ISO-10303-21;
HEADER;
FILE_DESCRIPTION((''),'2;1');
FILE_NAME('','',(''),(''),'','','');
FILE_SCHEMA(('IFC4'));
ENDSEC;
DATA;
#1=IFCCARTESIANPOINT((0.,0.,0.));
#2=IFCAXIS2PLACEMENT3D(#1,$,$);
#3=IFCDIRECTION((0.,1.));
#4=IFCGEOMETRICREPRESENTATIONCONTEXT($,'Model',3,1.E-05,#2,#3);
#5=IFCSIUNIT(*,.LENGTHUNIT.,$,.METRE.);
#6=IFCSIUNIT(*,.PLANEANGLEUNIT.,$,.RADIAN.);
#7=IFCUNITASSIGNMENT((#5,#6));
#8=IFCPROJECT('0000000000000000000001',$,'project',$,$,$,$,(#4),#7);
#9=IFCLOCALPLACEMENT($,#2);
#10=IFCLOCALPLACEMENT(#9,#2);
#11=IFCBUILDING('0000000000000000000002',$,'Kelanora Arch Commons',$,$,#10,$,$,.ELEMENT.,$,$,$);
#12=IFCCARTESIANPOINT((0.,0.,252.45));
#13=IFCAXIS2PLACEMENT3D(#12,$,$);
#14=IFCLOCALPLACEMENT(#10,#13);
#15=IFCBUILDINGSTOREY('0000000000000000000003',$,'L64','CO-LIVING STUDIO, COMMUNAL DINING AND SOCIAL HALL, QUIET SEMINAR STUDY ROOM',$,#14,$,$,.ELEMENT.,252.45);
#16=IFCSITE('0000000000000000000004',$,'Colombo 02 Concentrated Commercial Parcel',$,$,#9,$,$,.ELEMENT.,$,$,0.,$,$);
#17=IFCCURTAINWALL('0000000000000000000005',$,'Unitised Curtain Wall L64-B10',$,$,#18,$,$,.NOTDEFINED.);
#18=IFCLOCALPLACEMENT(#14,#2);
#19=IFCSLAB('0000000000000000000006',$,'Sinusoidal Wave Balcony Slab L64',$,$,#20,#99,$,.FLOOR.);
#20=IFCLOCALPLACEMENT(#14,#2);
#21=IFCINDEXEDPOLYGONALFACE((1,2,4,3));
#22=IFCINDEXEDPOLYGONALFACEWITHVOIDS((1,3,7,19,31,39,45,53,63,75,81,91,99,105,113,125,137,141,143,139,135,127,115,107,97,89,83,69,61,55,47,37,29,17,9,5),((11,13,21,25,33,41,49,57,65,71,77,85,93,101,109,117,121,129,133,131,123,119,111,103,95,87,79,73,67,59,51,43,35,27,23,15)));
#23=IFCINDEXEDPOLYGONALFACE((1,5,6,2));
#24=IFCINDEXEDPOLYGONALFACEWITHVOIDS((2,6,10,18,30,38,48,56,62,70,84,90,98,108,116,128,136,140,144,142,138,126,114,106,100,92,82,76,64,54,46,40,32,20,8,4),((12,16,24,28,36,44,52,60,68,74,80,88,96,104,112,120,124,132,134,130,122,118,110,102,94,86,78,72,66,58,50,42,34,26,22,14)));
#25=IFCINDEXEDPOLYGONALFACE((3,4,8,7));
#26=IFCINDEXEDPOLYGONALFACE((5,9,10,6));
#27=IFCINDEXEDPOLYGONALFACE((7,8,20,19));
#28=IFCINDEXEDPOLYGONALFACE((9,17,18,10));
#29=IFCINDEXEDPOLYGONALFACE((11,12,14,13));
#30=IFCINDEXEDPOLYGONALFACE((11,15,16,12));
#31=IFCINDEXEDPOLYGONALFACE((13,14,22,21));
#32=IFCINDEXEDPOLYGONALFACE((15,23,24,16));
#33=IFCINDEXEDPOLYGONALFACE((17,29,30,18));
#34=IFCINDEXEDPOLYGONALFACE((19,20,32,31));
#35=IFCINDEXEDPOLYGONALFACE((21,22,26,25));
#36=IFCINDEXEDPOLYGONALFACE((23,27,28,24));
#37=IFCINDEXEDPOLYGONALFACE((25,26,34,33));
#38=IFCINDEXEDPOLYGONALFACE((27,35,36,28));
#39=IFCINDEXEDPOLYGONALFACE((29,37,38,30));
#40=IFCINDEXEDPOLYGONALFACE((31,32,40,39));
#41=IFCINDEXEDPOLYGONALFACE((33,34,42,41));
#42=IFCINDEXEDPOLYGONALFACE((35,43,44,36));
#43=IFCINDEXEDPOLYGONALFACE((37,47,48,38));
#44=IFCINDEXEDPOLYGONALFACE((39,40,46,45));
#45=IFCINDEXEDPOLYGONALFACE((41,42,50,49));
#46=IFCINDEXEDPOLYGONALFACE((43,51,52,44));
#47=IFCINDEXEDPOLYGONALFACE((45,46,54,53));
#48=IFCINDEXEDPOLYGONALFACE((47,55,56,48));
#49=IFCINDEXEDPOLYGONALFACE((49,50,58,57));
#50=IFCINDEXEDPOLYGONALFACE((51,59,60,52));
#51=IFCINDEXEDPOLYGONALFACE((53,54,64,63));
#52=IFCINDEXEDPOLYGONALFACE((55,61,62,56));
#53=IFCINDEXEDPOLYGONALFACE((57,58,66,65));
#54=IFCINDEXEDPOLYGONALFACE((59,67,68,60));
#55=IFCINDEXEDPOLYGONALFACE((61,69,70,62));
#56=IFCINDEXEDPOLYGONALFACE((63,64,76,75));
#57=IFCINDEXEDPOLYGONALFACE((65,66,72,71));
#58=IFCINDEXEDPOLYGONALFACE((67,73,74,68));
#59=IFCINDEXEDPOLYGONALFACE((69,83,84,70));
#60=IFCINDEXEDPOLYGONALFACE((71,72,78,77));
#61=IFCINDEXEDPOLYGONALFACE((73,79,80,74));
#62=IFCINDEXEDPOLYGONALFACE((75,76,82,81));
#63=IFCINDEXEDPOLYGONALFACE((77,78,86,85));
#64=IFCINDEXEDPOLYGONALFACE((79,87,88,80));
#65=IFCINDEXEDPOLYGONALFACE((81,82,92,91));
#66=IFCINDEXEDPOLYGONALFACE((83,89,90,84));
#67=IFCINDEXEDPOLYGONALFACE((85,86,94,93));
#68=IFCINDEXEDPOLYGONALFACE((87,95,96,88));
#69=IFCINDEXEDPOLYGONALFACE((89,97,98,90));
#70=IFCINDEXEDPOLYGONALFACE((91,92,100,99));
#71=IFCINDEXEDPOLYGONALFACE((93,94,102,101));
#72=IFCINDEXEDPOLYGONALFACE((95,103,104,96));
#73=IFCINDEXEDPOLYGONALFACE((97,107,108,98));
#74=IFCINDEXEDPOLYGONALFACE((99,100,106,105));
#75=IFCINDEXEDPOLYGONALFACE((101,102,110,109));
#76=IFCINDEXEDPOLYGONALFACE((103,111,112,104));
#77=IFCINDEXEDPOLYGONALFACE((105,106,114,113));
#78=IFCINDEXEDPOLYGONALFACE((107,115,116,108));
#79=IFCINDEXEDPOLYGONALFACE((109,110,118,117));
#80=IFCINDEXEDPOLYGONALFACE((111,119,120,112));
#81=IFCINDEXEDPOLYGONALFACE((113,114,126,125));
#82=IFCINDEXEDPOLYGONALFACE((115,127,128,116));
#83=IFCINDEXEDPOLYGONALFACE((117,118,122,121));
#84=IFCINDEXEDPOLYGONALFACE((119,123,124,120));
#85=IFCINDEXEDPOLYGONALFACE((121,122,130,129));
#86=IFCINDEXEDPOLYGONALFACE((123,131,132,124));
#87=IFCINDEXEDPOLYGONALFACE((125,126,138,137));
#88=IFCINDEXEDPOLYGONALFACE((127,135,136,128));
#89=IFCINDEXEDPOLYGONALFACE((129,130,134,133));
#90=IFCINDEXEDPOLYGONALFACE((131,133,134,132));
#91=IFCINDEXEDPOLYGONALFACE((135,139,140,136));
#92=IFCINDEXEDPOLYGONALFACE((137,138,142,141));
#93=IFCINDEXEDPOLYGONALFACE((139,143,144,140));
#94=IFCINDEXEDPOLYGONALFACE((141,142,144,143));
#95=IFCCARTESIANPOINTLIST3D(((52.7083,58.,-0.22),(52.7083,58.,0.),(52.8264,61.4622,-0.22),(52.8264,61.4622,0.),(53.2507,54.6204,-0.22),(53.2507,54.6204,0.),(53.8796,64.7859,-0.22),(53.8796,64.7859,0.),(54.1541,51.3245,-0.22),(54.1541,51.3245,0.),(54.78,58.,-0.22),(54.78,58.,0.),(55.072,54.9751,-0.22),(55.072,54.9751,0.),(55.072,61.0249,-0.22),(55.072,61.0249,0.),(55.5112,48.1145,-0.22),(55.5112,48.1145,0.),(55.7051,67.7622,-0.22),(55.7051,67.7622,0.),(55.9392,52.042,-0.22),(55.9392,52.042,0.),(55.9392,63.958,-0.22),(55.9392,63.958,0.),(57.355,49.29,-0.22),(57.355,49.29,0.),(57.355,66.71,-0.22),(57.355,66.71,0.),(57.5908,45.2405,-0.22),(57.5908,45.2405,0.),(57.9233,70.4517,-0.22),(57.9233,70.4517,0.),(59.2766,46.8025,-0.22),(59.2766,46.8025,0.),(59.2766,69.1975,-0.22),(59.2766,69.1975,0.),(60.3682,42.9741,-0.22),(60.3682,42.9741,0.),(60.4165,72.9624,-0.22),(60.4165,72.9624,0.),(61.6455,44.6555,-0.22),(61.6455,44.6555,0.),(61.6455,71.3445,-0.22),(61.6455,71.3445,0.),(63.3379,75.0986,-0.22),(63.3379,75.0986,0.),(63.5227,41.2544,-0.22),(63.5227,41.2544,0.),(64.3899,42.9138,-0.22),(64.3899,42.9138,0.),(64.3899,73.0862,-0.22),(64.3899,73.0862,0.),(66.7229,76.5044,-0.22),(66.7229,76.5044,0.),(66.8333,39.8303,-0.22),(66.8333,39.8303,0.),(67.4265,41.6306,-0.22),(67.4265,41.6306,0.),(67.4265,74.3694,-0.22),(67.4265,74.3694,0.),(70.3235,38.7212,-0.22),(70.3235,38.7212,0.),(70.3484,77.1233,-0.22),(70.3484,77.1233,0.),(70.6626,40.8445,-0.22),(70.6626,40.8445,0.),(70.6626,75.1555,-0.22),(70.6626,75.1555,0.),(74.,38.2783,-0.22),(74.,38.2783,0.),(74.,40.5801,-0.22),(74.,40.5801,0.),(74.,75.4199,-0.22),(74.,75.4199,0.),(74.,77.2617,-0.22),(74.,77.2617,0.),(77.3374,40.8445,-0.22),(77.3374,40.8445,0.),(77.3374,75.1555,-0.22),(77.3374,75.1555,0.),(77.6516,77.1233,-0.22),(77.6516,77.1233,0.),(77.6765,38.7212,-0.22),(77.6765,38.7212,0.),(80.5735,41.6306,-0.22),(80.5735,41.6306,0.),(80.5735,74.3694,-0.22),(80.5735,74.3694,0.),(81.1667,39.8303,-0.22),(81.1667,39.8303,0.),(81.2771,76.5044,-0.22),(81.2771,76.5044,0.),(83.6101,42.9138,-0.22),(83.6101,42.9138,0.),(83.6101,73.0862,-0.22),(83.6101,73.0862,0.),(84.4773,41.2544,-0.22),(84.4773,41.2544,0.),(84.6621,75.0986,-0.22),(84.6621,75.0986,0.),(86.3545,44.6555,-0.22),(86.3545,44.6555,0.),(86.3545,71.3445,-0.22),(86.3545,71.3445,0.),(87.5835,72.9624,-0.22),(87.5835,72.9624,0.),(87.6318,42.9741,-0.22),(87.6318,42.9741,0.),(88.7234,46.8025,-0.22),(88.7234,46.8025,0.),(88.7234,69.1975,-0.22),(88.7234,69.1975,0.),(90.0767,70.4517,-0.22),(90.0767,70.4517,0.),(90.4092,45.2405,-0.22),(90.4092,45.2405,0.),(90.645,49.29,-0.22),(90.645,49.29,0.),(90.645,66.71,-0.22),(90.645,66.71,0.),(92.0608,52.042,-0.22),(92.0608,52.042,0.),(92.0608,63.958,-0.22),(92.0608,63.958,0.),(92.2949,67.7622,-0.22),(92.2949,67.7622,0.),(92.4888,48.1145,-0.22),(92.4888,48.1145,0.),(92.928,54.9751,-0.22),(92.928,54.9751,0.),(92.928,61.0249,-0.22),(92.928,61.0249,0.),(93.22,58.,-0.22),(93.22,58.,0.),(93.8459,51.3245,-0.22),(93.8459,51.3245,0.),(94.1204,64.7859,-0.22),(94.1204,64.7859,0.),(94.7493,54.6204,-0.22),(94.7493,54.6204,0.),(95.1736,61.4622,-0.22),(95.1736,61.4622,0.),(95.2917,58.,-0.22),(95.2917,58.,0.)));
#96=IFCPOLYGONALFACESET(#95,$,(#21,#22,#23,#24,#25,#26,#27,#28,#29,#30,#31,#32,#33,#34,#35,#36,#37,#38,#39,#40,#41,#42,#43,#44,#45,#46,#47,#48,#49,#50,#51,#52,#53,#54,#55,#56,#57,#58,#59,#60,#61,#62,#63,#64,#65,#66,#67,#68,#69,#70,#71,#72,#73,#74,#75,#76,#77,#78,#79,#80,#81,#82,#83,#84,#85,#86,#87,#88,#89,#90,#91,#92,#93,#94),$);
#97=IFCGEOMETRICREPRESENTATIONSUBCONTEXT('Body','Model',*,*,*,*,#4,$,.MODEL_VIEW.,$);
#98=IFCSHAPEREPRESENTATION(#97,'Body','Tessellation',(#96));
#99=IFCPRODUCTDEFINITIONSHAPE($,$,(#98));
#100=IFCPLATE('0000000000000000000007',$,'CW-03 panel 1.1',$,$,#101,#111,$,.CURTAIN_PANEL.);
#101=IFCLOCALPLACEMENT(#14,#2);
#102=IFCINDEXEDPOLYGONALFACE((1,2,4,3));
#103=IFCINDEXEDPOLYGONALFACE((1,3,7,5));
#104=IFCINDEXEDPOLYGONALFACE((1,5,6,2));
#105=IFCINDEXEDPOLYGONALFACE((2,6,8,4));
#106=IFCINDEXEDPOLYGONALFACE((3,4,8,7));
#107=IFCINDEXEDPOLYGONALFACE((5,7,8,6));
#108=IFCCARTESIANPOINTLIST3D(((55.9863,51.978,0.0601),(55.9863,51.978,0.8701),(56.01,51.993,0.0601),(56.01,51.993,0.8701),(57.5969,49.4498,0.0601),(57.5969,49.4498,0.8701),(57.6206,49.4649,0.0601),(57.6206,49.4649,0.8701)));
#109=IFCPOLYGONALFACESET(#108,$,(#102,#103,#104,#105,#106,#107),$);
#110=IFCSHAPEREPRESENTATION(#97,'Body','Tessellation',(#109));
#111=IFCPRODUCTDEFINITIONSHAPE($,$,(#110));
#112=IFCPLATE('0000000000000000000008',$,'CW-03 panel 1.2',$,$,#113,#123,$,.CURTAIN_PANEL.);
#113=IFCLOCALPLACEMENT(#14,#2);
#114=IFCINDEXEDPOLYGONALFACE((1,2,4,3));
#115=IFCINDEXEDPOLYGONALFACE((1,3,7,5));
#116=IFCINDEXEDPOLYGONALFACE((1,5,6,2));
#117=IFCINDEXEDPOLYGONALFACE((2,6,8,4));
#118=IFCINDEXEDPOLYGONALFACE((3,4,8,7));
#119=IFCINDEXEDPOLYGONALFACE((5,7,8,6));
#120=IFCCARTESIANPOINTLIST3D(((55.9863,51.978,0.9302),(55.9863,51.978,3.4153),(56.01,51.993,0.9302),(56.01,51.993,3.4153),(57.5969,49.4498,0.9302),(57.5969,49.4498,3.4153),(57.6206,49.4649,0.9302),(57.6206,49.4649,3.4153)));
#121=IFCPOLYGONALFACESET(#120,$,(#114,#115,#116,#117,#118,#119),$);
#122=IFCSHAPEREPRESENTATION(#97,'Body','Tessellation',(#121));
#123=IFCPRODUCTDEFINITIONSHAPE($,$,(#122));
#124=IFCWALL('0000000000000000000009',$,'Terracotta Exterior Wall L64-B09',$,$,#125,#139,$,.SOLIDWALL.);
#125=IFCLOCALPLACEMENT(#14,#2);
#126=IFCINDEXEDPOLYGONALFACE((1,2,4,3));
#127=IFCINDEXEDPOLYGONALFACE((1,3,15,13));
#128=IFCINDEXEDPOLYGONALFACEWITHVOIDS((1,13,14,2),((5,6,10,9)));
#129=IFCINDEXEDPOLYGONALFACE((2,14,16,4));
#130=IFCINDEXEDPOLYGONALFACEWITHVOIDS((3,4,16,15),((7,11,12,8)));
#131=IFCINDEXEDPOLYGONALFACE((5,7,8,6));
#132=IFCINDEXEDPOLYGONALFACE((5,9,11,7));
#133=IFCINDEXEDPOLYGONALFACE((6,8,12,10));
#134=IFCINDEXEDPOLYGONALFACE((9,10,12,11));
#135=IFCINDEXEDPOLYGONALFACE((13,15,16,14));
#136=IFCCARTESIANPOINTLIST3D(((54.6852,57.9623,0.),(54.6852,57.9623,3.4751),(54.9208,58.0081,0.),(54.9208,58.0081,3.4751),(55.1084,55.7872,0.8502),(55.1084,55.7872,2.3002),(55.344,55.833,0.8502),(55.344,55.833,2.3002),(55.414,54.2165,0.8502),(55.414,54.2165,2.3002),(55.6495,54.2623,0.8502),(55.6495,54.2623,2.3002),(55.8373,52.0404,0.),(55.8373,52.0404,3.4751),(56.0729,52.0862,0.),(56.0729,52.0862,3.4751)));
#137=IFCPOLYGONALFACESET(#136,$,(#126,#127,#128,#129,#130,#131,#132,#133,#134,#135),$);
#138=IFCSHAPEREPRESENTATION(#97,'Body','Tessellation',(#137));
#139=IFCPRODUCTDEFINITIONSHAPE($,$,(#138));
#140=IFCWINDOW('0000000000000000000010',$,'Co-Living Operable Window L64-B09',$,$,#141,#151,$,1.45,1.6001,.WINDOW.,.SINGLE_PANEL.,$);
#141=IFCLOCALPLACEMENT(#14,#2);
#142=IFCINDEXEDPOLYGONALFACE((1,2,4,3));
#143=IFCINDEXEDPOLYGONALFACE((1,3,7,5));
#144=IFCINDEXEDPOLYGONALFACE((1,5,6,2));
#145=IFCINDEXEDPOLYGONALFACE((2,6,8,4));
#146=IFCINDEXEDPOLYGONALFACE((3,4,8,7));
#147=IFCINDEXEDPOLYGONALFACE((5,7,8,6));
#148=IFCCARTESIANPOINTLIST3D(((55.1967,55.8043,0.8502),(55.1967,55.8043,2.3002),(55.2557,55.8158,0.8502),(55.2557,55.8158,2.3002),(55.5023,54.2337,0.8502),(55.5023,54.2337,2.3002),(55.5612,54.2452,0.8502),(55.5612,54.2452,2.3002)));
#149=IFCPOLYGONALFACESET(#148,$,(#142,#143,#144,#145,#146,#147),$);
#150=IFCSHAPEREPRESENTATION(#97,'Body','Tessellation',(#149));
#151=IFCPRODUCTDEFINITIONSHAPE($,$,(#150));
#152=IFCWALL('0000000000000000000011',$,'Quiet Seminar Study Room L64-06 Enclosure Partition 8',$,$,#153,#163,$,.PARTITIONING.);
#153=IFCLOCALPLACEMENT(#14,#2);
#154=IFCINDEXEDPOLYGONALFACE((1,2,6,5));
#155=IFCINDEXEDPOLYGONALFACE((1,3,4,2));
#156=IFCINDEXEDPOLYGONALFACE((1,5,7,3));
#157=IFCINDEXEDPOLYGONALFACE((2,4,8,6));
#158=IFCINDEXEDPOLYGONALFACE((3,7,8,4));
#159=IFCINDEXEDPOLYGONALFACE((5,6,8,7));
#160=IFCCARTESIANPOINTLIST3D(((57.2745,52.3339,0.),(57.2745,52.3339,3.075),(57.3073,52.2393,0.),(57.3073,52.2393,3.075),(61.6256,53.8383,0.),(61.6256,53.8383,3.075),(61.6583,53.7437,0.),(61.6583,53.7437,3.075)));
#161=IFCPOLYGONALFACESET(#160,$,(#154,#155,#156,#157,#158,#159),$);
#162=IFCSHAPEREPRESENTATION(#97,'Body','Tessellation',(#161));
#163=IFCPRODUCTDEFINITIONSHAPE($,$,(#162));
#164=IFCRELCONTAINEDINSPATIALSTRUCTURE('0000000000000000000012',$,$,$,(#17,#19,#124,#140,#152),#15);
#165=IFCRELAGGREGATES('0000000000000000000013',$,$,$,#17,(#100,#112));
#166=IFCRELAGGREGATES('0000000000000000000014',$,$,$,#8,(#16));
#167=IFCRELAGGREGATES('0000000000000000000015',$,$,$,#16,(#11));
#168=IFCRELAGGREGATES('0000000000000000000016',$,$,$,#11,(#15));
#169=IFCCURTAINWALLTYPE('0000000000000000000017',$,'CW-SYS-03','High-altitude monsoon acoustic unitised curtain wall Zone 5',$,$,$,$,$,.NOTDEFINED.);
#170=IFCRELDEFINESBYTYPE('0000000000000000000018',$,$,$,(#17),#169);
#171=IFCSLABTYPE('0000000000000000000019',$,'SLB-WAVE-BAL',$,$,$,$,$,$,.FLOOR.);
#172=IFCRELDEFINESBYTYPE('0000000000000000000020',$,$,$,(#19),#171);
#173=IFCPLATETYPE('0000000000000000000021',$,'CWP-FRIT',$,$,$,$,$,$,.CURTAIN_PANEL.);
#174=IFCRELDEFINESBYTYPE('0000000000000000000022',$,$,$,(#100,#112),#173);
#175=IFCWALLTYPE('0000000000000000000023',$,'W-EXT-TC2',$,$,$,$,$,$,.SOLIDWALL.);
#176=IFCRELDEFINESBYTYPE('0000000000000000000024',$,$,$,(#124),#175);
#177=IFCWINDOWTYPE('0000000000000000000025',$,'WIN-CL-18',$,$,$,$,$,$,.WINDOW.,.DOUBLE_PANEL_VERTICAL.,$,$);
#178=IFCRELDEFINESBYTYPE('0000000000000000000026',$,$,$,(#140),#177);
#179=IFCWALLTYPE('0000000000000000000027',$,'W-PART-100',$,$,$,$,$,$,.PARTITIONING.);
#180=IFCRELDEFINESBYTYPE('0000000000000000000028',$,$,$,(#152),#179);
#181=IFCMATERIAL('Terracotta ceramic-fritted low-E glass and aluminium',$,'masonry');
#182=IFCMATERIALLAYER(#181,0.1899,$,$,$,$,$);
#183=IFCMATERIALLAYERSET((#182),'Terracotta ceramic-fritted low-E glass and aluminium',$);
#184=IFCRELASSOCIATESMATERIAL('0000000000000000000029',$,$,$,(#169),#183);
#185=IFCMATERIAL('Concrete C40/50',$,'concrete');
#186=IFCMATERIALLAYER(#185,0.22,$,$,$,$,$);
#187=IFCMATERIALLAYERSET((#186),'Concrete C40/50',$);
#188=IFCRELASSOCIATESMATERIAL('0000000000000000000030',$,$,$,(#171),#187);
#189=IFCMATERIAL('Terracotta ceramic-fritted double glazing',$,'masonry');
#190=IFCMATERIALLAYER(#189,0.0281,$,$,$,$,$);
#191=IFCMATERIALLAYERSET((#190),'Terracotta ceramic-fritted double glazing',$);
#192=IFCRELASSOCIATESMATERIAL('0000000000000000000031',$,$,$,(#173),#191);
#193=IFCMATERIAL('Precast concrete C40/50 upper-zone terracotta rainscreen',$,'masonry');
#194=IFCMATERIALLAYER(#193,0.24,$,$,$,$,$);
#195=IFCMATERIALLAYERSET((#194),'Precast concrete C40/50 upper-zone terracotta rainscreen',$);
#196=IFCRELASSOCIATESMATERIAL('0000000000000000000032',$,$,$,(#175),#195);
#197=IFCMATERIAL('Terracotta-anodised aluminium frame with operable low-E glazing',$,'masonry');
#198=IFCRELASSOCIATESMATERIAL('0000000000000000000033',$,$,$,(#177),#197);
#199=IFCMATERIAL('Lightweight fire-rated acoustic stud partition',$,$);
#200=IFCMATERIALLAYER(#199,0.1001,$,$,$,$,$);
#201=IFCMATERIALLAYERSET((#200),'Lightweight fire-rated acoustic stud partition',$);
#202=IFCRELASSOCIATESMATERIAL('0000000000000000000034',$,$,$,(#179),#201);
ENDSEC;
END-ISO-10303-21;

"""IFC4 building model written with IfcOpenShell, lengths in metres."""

from ifc_helpers import new_model, si_unit, direction, frame, frame_2d, origin, origin_2d, place, context, subcontext, project, spatial, polyline, rectangle, outline, extrude, source, transform, mapped, material, layer, layer_set, type_object, element, fill, aggregate, save


model = new_model("IFC4")

# Units and contexts
model_context = context("Model", 3, precision=1e-05, world=origin(), true_north=direction((0.0, 1.0)))
body_context = subcontext(model_context, "Body", "Model", "MODEL_VIEW")
ifc_project = project(units=[si_unit("LENGTHUNIT", "METRE"), si_unit("PLANEANGLEUNIT", "RADIAN")], contexts=[model_context])

# Site, building, storey
site_placement = place(None, origin())
site = spatial("IfcSite", under=ifc_project, at=site_placement, Name="Colombo 02 Concentrated Commercial Parcel", CompositionType="ELEMENT", RefElevation=0.0)
building_placement = place(site_placement, origin())
building = spatial("IfcBuilding", under=site, at=building_placement, Name="Kelanora Arch Commons", CompositionType="ELEMENT")
storey_placement = place(building_placement, frame((0.0, 0.0, 252.45)))
storey = spatial("IfcBuildingStorey", under=building, at=storey_placement, Name="L64", Description="CO-LIVING STUDIO, COMMUNAL DINING AND SOCIAL HALL, QUIET SEMINAR STUDY ROOM", CompositionType="ELEMENT", Elevation=252.45)

# Curtain wall
ifc_material_1 = material(Name="Terracotta ceramic-fritted low-E glass and aluminium", Category="masonry")
ifc_layer_1 = layer(ifc_material_1, 0.1899)
ifc_layer_set_1 = layer_set([ifc_layer_1], Name="Terracotta ceramic-fritted low-E glass and aluminium")
curtain_wall_type = type_object("IfcCurtainWallType", Name="CW-SYS-03", Description="High-altitude monsoon acoustic unitised curtain wall Zone 5", PredefinedType="NOTDEFINED", material=ifc_layer_set_1)
curtain_wall_placement = place(storey_placement, origin())
curtain_wall = element("IfcCurtainWall", 1, at=curtain_wall_placement, inside=storey, type_object=curtain_wall_type, Name="Unitised Curtain Wall L64-B10", PredefinedType="NOTDEFINED")

# Shared definitions
ifc_material_2 = material(Name="Concrete C40/50", Category="concrete")

# Slab
ifc_layer_2 = layer(ifc_material_2, 0.22)
ifc_layer_set_2 = layer_set([ifc_layer_2], Name="Concrete C40/50")
slab_type_1 = type_object("IfcSlabType", Name="SLB-WAVE-BAL", PredefinedType="FLOOR", material=ifc_layer_set_2)
slab_1_placement = place(storey_placement, frame((0.0, 0.0, -0.22)))
element("IfcSlab", 2, at=slab_1_placement, inside=storey, type_object=slab_type_1, Name="Sinusoidal Wave Balcony Slab L64", PredefinedType="FLOOR", context=body_context, shape_type="SweptSolid", body=[
    extrude(outline(polyline([(95.2917, 58.0), (95.1736, 61.4622), (94.1204, 64.7859), (92.2949, 67.7622), (90.0767, 70.4517), (87.5835, 72.9624), (84.6621, 75.0986), (81.2771, 76.5044), (77.6516, 77.1233), (74.0, 77.2617), (70.3484, 77.1233), (66.7229, 76.5044), (63.3379, 75.0986), (60.4165, 72.9624), (57.9233, 70.4517), (55.7051, 67.7622), (53.8796, 64.7859), (52.8264, 61.4622), (52.7083, 58.0), (53.2507, 54.6204), (54.1541, 51.3245), (55.5112, 48.1145), (57.5908, 45.2405), (60.3682, 42.9741), (63.5227, 41.2544), (66.8333, 39.8303), (70.3235, 38.7212), (74.0, 38.2783), (77.6765, 38.7212), (81.1667, 39.8303), (84.4773, 41.2544), (87.6318, 42.9741), (90.4092, 45.2405), (92.4888, 48.1145), (93.8459, 51.3245), (94.7493, 54.6204), (95.2917, 58.0)]), holes=[polyline([(92.928, 54.9751), (92.0608, 52.042), (90.645, 49.29), (88.7234, 46.8025), (86.3545, 44.6555), (83.6101, 42.9138), (80.5735, 41.6306), (77.3374, 40.8445), (74.0, 40.5801), (70.6626, 40.8445), (67.4265, 41.6306), (64.3899, 42.9138), (61.6455, 44.6555), (59.2766, 46.8025), (57.355, 49.29), (55.9392, 52.042), (55.072, 54.9751), (54.78, 58.0), (55.072, 61.0249), (55.9392, 63.958), (57.355, 66.71), (59.2766, 69.1975), (61.6455, 71.3445), (64.3899, 73.0862), (67.4265, 74.3694), (70.6626, 75.1555), (74.0, 75.4199), (77.3374, 75.1555), (80.5735, 74.3694), (83.6101, 73.0862), (86.3545, 71.3445), (88.7234, 69.1975), (90.645, 66.71), (92.0608, 63.958), (92.928, 61.0249), (93.22, 58.0), (92.928, 54.9751)])]), origin(), (0.0, 0.0, 1.0), 0.22),
])

# Plates
ifc_material_3 = material(Name="Terracotta ceramic-fritted double glazing", Category="masonry")
ifc_layer_3 = layer(ifc_material_3, 0.0281)
ifc_layer_set_3 = layer_set([ifc_layer_3], Name="Terracotta ceramic-fritted double glazing")
plate_type = type_object("IfcPlateType", Name="CWP-FRIT", PredefinedType="CURTAIN_PANEL", material=ifc_layer_set_3)
shared_shape_1 = source(origin(), body_context, "Body", "SweptSolid", [
    extrude(rectangle(XDim=2.9976, YDim=0.0281, at=origin_2d()), origin(), (0.0, 0.0, 1.0), 0.8101),
])
plate_1_placement = place(storey_placement, frame((56.8035, 50.7214, 0.0601), z_axis=(0.0, 0.0, 1.0), x_axis=(0.5373, -0.843391, 0.0)))
plate_1 = element("IfcPlate", 3, at=plate_1_placement, type_object=plate_type, Name="CW-03 panel 1.1", PredefinedType="CURTAIN_PANEL", context=body_context, shape_type="MappedRepresentation", body=[
    mapped(shared_shape_1, transform((0.0, 0.0, 0.0), scale=1.0)),
])
shared_shape_2 = source(origin(), body_context, "Body", "SweptSolid", [
    extrude(rectangle(XDim=2.9976, YDim=0.0281, at=origin_2d()), origin(), (0.0, 0.0, 1.0), 2.4851),
])
plate_2_placement = place(storey_placement, frame((56.8035, 50.7214, 0.9302), z_axis=(0.0, 0.0, 1.0), x_axis=(0.5373, -0.843391, 0.0)))
plate_2 = element("IfcPlate", 4, at=plate_2_placement, type_object=plate_type, Name="CW-03 panel 1.2", PredefinedType="CURTAIN_PANEL", context=body_context, shape_type="MappedRepresentation", body=[
    mapped(shared_shape_2, transform((0.0, 0.0, 0.0), scale=1.0)),
])
aggregate(curtain_wall, [plate_1, plate_2])

# Wall, opening, window
ifc_material_4 = material(Name="Precast concrete C40/50 upper-zone terracotta rainscreen", Category="masonry")
ifc_layer_4 = layer(ifc_material_4, 0.24)
ifc_layer_set_4 = layer_set([ifc_layer_4], Name="Precast concrete C40/50 upper-zone terracotta rainscreen")
wall_type_1 = type_object("IfcWallType", Name="W-EXT-TC2", PredefinedType="SOLIDWALL", material=ifc_layer_set_4)
wall_1_placement = place(storey_placement, frame((54.803, 57.9854, 0.0), z_axis=(0.0, 0.0, 1.0), x_axis=(0.190969, -0.981596, 0.0)))
wall_1 = element("IfcWall", 5, at=wall_1_placement, inside=storey, type_object=wall_type_1, Name="Terracotta Exterior Wall L64-B09", PredefinedType="SOLIDWALL", context=body_context, shape_type="SweptSolid", body=[
    extrude(rectangle(XDim=6.033, YDim=0.24, at=frame_2d((3.0166, 0.0))), origin(), (0.0, 0.0, 1.0), 3.4751),
])
opening_placement = place(wall_1_placement, frame((2.2161, 0.0, 0.8501)))
opening = element("IfcOpeningElement", 6, at=opening_placement, cuts=wall_1, PredefinedType="OPENING", context=body_context, shape_type="SweptSolid", body=[
    extrude(rectangle(XDim=1.6001, YDim=1.45, at=frame_2d((0.8, 0.7251))), frame((0.0, 0.1299, 0.0), z_axis=(0.0, -1.0, 0.0), x_axis=(1.0, 0.0, 0.0)), (0.0, 0.0, 1.0), 0.26),
])
ifc_material_5 = material(Name="Terracotta-anodised aluminium frame with operable low-E glazing", Category="masonry")
window_type = type_object("IfcWindowType", Name="WIN-CL-18", PartitioningType="DOUBLE_PANEL_VERTICAL", PredefinedType="WINDOW", material=ifc_material_5)
window_placement = place(opening_placement, origin())
window = element("IfcWindow", 7, at=window_placement, inside=storey, type_object=window_type, Name="Co-Living Operable Window L64-B09", OverallHeight=1.45, OverallWidth=1.6001, PartitioningType="SINGLE_PANEL", PredefinedType="WINDOW", context=body_context, shape_type="SweptSolid", body=[
    extrude(rectangle(XDim=1.6001, YDim=1.45, at=frame_2d((0.8, 0.7251))), frame((0.0, 0.03, 0.0), z_axis=(0.0, -1.0, 0.0), x_axis=(1.0, 0.0, 0.0)), (0.0, 0.0, 1.0), 0.0601),
])
fill(opening, window)

# Wall
ifc_material_6 = material(Name="Lightweight fire-rated acoustic stud partition")
ifc_layer_5 = layer(ifc_material_6, 0.1001)
ifc_layer_set_5 = layer_set([ifc_layer_5], Name="Lightweight fire-rated acoustic stud partition")
wall_type_2 = type_object("IfcWallType", Name="W-PART-100", PredefinedType="PARTITIONING", material=ifc_layer_set_5)
wall_2_placement = place(storey_placement, frame((57.291, 52.2866, 0.0), z_axis=(0.0, 0.0, 1.0), x_axis=(0.945103, 0.326772, 0.0)))
element("IfcWall", 8, at=wall_2_placement, inside=storey, type_object=wall_type_2, Name="Quiet Seminar Study Room L64-06 Enclosure Partition 8", PredefinedType="PARTITIONING", context=body_context, shape_type="SweptSolid", body=[
    extrude(rectangle(XDim=4.6038, YDim=0.1001, at=frame_2d((2.3018, 0.0))), origin(), (0.0, 0.0, 1.0), 3.075),
])

save(model, "model.ifc")
